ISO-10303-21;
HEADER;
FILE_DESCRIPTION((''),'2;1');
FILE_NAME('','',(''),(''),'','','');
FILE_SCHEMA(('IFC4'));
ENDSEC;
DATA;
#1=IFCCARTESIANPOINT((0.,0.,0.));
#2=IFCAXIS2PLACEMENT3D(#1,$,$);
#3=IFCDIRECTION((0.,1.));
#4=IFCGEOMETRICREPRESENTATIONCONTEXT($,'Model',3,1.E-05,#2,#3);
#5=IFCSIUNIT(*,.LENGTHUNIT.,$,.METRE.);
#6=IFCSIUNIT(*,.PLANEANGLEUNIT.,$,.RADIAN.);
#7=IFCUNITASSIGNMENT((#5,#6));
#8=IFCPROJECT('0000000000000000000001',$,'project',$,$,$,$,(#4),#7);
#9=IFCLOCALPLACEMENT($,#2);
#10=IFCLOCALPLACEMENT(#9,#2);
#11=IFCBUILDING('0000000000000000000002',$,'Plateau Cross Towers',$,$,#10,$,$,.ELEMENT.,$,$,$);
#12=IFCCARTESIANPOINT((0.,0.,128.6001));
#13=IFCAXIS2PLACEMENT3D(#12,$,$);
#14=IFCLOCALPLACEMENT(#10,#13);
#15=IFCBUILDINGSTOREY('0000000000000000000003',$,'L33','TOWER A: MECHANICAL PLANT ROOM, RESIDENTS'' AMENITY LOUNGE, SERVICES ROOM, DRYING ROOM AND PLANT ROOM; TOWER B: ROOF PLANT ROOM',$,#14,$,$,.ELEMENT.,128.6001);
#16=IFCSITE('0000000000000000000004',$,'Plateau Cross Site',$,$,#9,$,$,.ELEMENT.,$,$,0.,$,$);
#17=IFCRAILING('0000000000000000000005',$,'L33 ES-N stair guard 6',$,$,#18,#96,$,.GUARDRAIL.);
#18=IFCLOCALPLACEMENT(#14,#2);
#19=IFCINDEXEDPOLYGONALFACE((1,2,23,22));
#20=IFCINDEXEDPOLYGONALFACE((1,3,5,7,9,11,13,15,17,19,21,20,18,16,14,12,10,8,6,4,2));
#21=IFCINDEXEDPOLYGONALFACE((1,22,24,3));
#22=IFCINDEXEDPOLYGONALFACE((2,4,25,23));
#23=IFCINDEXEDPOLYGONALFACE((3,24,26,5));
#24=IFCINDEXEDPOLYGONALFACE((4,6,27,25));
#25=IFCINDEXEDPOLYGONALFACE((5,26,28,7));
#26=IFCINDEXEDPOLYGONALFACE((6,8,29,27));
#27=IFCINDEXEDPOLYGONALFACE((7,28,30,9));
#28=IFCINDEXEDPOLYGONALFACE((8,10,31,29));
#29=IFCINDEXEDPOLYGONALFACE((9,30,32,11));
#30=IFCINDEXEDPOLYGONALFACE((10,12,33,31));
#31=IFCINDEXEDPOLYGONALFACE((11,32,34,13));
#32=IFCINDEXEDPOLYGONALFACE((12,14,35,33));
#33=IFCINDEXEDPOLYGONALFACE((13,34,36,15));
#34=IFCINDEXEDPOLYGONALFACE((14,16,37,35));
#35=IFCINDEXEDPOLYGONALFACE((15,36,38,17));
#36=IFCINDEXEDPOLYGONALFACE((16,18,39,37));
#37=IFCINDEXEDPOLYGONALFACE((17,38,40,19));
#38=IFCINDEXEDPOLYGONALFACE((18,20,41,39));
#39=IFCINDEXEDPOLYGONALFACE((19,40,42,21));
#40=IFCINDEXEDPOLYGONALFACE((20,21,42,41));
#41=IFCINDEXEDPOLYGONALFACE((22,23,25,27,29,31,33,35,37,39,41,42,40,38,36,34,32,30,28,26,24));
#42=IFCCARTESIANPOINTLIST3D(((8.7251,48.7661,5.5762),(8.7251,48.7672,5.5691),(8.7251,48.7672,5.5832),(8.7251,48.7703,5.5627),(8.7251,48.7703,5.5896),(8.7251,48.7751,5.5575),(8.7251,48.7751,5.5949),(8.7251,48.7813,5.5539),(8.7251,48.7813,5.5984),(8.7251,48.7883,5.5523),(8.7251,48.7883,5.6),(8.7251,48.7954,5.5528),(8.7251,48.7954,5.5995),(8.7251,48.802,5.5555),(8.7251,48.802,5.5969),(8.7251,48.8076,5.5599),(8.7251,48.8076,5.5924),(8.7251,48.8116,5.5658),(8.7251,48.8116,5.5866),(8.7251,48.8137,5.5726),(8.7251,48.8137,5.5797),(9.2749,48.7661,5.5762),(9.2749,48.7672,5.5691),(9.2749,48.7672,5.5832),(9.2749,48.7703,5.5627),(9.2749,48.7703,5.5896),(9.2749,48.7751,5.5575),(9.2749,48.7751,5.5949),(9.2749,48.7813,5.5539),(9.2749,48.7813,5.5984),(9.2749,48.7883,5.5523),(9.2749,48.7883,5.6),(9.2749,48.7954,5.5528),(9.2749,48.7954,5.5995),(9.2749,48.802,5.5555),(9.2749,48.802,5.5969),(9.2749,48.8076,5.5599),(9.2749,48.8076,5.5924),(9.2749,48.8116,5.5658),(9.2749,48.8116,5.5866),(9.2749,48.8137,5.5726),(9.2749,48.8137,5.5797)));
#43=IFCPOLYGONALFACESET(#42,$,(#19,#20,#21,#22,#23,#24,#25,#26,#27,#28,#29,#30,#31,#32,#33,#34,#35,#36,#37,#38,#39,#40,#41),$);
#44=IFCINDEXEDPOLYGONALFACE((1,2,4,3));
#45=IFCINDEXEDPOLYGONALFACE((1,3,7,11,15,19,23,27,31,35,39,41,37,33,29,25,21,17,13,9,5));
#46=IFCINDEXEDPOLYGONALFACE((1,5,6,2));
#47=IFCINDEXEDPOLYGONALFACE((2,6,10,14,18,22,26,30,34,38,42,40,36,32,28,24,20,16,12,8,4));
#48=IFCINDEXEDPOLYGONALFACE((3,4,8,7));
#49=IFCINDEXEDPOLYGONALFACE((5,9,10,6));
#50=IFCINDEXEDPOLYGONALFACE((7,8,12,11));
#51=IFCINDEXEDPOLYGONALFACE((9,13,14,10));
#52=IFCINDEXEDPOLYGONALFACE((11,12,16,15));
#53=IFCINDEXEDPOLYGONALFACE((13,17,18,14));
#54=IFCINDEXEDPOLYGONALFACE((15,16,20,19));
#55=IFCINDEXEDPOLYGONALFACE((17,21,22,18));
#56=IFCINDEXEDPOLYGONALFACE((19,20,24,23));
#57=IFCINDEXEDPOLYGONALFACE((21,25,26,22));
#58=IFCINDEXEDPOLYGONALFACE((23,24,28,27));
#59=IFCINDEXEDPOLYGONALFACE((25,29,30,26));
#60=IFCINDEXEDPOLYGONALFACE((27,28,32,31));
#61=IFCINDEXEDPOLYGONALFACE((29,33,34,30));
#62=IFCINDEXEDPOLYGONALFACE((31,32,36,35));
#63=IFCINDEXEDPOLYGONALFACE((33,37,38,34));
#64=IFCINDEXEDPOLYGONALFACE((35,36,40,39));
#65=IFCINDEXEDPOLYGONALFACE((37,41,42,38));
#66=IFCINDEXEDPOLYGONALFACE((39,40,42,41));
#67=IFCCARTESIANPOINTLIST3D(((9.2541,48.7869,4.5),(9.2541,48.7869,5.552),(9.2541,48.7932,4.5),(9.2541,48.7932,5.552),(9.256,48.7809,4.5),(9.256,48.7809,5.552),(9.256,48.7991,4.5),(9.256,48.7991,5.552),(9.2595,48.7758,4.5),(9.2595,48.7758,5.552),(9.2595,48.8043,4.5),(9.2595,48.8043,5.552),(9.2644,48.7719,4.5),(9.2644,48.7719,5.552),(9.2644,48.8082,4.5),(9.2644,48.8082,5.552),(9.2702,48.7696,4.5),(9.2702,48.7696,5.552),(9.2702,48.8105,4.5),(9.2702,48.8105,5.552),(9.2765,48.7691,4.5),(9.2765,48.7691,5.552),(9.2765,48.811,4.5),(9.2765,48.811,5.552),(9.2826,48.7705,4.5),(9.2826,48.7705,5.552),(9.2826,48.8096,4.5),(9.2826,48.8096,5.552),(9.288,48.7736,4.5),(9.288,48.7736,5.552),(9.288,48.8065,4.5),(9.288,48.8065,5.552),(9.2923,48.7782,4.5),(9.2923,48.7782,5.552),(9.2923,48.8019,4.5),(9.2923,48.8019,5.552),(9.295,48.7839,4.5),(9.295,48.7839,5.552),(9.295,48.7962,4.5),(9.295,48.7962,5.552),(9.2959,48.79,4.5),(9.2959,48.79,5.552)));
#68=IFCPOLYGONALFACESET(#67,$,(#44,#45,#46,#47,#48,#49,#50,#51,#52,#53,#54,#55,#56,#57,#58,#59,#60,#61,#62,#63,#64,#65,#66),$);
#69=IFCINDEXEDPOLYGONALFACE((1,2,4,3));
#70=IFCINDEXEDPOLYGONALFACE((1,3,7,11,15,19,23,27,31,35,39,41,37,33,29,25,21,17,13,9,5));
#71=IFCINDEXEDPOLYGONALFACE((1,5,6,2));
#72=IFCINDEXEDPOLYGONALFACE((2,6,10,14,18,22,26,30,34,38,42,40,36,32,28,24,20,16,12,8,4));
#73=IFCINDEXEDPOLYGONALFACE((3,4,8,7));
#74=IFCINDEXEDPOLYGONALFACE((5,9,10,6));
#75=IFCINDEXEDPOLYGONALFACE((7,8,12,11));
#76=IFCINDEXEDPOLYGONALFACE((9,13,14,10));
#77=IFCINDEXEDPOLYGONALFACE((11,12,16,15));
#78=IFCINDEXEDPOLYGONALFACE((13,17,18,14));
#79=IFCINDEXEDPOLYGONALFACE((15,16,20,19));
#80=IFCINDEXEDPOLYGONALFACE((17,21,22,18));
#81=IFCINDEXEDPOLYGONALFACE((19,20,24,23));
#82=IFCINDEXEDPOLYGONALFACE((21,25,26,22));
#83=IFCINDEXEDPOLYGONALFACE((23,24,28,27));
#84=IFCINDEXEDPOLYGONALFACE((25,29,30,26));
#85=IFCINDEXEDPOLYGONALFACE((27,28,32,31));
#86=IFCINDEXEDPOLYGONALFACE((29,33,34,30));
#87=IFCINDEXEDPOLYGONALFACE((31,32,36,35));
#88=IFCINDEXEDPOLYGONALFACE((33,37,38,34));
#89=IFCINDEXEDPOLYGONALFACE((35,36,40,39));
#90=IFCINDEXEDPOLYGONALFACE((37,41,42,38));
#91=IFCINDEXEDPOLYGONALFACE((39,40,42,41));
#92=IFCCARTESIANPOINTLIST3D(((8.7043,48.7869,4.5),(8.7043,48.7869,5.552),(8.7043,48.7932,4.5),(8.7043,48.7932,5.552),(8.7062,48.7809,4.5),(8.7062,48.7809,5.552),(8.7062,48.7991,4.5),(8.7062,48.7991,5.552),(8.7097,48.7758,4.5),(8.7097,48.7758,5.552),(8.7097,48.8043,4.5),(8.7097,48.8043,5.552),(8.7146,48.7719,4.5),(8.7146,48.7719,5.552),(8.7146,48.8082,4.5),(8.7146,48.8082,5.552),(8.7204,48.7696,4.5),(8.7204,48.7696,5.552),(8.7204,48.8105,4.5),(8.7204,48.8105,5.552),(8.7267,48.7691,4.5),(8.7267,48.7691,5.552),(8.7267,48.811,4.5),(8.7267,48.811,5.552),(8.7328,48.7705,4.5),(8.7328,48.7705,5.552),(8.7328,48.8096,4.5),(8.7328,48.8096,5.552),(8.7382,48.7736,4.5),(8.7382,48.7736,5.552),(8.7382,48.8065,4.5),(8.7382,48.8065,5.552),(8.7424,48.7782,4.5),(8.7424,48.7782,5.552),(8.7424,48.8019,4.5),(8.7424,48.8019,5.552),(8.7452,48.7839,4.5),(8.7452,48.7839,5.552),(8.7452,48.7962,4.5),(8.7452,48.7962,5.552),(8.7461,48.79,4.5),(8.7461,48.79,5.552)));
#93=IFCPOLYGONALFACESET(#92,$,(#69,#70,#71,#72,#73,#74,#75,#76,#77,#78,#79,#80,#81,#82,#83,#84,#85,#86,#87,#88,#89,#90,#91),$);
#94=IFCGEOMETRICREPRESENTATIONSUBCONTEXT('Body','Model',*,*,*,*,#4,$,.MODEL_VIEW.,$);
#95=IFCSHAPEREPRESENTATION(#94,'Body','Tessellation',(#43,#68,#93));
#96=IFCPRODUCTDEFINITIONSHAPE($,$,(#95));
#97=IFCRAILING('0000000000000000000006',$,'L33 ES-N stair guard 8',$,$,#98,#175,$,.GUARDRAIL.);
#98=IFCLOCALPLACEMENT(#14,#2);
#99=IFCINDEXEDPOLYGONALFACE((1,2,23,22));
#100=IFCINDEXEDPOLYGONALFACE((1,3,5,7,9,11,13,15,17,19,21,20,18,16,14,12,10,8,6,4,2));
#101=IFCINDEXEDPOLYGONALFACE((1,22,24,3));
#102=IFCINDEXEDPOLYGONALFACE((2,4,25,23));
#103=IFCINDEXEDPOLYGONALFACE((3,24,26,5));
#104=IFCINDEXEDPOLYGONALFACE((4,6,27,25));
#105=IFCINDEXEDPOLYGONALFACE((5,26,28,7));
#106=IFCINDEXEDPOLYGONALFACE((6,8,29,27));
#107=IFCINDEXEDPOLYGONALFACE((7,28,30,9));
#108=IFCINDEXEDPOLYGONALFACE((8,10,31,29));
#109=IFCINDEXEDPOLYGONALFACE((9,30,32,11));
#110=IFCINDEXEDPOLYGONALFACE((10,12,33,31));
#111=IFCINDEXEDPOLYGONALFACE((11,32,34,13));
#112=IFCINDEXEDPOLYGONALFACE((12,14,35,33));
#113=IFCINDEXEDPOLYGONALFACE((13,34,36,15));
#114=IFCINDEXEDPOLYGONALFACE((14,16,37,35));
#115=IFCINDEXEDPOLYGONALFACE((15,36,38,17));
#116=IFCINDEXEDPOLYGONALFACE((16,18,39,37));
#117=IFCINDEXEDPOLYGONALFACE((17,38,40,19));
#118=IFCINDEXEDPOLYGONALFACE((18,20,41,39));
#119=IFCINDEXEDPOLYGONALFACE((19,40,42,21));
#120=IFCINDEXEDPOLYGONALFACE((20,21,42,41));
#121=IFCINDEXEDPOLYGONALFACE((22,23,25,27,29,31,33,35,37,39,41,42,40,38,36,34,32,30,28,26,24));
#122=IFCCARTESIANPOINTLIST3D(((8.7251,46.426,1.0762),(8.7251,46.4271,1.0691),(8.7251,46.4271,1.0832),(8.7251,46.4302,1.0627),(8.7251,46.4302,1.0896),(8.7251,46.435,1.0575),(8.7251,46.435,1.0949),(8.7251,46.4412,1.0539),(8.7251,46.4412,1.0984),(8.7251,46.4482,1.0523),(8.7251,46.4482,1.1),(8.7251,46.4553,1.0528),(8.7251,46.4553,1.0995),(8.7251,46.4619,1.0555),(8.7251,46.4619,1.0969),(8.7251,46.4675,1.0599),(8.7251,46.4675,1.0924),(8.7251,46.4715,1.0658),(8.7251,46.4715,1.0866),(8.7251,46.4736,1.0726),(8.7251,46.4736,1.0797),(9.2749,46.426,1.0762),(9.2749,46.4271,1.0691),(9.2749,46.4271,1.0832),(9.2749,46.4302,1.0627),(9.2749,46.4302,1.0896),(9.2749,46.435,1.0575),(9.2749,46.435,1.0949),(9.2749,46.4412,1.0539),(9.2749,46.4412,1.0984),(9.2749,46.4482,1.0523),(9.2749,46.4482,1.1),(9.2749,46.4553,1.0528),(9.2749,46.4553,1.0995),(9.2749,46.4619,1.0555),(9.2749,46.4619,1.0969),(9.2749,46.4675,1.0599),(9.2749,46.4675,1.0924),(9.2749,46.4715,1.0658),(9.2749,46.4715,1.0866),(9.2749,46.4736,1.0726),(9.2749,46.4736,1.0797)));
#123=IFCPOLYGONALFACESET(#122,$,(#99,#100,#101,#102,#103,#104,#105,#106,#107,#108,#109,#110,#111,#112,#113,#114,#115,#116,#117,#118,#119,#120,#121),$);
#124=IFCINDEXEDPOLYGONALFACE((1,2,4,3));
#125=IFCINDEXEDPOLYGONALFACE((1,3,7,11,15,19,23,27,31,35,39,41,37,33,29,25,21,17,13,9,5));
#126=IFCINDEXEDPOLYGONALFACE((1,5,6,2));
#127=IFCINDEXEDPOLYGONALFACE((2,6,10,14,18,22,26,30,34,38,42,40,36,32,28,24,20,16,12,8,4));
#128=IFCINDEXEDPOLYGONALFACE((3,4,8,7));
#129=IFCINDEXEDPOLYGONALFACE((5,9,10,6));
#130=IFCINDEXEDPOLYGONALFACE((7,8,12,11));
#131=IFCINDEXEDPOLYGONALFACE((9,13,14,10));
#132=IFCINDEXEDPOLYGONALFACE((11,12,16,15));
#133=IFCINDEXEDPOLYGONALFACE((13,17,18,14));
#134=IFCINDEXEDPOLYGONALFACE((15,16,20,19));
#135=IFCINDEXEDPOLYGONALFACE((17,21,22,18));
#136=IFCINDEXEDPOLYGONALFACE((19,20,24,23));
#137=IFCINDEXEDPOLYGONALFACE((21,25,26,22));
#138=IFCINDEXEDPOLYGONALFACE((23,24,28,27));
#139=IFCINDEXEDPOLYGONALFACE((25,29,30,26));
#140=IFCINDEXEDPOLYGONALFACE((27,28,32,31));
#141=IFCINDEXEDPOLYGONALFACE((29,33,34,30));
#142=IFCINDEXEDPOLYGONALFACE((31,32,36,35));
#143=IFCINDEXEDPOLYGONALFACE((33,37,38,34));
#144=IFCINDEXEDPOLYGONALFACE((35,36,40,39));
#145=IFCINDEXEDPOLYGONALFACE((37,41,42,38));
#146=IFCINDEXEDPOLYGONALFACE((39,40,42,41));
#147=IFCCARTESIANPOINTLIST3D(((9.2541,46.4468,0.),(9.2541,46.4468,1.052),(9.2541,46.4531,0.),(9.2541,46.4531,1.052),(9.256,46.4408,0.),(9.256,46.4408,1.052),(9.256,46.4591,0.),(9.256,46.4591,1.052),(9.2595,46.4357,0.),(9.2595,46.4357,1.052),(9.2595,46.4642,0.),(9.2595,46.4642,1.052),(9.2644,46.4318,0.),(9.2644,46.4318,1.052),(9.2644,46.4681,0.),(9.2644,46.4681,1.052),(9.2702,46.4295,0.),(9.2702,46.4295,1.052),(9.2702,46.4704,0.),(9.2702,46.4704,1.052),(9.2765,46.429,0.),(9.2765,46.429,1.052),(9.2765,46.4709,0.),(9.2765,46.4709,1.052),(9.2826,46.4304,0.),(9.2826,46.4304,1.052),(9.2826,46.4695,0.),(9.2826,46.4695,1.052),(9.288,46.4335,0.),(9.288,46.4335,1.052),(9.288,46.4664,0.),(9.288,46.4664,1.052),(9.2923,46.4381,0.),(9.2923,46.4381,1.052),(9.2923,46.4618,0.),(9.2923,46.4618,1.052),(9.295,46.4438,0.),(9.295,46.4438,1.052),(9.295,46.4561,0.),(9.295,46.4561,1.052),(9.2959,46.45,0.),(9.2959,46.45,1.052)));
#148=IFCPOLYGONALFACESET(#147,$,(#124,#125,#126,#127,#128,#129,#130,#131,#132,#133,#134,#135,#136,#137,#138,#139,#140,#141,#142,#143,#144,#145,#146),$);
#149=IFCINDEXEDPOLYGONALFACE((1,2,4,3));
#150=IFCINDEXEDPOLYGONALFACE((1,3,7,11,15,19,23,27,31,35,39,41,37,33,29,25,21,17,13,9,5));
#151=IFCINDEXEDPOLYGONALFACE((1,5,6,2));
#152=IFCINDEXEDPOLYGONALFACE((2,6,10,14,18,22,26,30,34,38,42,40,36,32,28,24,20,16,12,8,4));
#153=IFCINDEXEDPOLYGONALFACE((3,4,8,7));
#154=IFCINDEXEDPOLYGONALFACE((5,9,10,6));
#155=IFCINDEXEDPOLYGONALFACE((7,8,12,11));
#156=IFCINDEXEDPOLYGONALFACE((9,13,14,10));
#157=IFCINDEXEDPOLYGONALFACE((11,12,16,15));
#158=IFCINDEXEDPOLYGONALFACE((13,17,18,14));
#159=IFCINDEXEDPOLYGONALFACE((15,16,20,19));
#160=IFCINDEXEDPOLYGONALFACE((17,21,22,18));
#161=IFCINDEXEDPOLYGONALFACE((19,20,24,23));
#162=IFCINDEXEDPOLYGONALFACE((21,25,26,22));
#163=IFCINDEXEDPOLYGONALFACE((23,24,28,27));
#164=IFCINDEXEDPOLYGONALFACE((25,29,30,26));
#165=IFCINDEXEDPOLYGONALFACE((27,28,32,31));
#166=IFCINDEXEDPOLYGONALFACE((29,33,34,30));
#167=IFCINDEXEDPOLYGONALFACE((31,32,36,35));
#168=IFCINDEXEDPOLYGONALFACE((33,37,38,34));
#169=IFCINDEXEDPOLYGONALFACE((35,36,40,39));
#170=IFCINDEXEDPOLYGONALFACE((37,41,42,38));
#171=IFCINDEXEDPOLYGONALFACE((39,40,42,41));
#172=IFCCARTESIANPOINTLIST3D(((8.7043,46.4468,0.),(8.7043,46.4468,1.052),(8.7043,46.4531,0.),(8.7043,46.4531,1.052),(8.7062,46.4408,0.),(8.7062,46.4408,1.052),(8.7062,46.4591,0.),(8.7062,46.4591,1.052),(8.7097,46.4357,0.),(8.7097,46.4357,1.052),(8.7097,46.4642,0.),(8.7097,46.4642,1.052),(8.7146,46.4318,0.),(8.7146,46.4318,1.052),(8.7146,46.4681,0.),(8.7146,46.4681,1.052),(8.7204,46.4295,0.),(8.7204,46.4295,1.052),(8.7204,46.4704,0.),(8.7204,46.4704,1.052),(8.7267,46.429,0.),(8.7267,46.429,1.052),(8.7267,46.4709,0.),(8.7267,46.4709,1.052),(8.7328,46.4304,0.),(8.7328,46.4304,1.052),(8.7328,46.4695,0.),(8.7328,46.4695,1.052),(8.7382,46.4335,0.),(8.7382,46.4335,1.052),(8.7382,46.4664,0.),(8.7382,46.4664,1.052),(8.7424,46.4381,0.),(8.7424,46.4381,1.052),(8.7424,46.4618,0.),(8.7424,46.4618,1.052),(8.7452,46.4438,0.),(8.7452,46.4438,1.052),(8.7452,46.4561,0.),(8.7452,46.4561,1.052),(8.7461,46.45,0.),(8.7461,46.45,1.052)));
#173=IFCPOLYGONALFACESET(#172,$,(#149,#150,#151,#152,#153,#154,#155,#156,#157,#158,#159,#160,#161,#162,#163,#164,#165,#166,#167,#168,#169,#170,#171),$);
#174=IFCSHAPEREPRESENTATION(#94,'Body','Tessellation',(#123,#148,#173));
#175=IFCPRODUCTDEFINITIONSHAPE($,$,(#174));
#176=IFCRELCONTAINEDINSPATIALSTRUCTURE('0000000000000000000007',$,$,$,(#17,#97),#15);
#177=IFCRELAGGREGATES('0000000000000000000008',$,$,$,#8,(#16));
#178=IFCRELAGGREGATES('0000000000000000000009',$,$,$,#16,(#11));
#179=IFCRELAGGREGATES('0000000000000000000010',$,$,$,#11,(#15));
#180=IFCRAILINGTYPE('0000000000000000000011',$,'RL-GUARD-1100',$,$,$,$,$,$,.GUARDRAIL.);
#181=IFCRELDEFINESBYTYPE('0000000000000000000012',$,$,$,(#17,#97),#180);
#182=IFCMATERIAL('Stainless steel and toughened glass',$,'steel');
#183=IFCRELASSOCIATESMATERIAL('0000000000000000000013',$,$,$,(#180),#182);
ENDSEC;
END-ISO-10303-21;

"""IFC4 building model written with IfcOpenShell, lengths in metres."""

from ifc_helpers import new_model, si_unit, direction, frame, origin, origin_2d, place, context, subcontext, project, spatial, circle, extrude, material, type_object, element, save


model = new_model("IFC4")

# Units and contexts
model_context = context("Model", 3, precision=1e-05, world=origin(), true_north=direction((0.0, 1.0)))
body_context = subcontext(model_context, "Body", "Model", "MODEL_VIEW")
ifc_project = project(units=[si_unit("LENGTHUNIT", "METRE"), si_unit("PLANEANGLEUNIT", "RADIAN")], contexts=[model_context])

# Site, building, storey
site_placement = place(None, origin())
site = spatial("IfcSite", under=ifc_project, at=site_placement, Name="Plateau Cross Site", CompositionType="ELEMENT", RefElevation=0.0)
building_placement = place(site_placement, origin())
building = spatial("IfcBuilding", under=site, at=building_placement, Name="Plateau Cross Towers", CompositionType="ELEMENT")
storey_placement = place(building_placement, frame((0.0, 0.0, 128.6001)))
storey = spatial("IfcBuildingStorey", under=building, at=storey_placement, Name="L33", Description="TOWER A: MECHANICAL PLANT ROOM, RESIDENTS' AMENITY LOUNGE, SERVICES ROOM, DRYING ROOM AND PLANT ROOM; TOWER B: ROOF PLANT ROOM", CompositionType="ELEMENT", Elevation=128.6001)

# Railings
ifc_material_1 = material(Name="Stainless steel and toughened glass", Category="steel")
railing_type_1 = type_object("IfcRailingType", Name="RL-GUARD-1100", PredefinedType="GUARDRAIL", material=ifc_material_1)
for number, where, name in (
    (1, (9.2749, 48.79, 4.5), "L33 ES-N stair guard 6"),
    (2, (9.2749, 46.45, 0.0), "L33 ES-N stair guard 8"),
):
    element("IfcRailing", number, at=place(storey_placement, frame(where)), inside=storey, type_object=railing_type_1, Name=name, PredefinedType="GUARDRAIL", context=body_context, shape_type="SweptSolid", body=[
        extrude(circle(Radius=0.0239, at=origin_2d()), frame((0.0, 0.0, 1.0762), z_axis=(-1.0, 0.0, 0.0), x_axis=(0.0, -1.0, 0.0)), (0.0, 0.0, 1.0), 0.5498),
        extrude(circle(Radius=0.021, at=origin_2d()), origin(), (0.0, 0.0, 1.0), 1.052),
        extrude(circle(Radius=0.021, at=origin_2d()), frame((-0.5498, 0.0, 0.0)), (0.0, 0.0, 1.0), 1.052),
    ])

save(model, "model.ifc")
